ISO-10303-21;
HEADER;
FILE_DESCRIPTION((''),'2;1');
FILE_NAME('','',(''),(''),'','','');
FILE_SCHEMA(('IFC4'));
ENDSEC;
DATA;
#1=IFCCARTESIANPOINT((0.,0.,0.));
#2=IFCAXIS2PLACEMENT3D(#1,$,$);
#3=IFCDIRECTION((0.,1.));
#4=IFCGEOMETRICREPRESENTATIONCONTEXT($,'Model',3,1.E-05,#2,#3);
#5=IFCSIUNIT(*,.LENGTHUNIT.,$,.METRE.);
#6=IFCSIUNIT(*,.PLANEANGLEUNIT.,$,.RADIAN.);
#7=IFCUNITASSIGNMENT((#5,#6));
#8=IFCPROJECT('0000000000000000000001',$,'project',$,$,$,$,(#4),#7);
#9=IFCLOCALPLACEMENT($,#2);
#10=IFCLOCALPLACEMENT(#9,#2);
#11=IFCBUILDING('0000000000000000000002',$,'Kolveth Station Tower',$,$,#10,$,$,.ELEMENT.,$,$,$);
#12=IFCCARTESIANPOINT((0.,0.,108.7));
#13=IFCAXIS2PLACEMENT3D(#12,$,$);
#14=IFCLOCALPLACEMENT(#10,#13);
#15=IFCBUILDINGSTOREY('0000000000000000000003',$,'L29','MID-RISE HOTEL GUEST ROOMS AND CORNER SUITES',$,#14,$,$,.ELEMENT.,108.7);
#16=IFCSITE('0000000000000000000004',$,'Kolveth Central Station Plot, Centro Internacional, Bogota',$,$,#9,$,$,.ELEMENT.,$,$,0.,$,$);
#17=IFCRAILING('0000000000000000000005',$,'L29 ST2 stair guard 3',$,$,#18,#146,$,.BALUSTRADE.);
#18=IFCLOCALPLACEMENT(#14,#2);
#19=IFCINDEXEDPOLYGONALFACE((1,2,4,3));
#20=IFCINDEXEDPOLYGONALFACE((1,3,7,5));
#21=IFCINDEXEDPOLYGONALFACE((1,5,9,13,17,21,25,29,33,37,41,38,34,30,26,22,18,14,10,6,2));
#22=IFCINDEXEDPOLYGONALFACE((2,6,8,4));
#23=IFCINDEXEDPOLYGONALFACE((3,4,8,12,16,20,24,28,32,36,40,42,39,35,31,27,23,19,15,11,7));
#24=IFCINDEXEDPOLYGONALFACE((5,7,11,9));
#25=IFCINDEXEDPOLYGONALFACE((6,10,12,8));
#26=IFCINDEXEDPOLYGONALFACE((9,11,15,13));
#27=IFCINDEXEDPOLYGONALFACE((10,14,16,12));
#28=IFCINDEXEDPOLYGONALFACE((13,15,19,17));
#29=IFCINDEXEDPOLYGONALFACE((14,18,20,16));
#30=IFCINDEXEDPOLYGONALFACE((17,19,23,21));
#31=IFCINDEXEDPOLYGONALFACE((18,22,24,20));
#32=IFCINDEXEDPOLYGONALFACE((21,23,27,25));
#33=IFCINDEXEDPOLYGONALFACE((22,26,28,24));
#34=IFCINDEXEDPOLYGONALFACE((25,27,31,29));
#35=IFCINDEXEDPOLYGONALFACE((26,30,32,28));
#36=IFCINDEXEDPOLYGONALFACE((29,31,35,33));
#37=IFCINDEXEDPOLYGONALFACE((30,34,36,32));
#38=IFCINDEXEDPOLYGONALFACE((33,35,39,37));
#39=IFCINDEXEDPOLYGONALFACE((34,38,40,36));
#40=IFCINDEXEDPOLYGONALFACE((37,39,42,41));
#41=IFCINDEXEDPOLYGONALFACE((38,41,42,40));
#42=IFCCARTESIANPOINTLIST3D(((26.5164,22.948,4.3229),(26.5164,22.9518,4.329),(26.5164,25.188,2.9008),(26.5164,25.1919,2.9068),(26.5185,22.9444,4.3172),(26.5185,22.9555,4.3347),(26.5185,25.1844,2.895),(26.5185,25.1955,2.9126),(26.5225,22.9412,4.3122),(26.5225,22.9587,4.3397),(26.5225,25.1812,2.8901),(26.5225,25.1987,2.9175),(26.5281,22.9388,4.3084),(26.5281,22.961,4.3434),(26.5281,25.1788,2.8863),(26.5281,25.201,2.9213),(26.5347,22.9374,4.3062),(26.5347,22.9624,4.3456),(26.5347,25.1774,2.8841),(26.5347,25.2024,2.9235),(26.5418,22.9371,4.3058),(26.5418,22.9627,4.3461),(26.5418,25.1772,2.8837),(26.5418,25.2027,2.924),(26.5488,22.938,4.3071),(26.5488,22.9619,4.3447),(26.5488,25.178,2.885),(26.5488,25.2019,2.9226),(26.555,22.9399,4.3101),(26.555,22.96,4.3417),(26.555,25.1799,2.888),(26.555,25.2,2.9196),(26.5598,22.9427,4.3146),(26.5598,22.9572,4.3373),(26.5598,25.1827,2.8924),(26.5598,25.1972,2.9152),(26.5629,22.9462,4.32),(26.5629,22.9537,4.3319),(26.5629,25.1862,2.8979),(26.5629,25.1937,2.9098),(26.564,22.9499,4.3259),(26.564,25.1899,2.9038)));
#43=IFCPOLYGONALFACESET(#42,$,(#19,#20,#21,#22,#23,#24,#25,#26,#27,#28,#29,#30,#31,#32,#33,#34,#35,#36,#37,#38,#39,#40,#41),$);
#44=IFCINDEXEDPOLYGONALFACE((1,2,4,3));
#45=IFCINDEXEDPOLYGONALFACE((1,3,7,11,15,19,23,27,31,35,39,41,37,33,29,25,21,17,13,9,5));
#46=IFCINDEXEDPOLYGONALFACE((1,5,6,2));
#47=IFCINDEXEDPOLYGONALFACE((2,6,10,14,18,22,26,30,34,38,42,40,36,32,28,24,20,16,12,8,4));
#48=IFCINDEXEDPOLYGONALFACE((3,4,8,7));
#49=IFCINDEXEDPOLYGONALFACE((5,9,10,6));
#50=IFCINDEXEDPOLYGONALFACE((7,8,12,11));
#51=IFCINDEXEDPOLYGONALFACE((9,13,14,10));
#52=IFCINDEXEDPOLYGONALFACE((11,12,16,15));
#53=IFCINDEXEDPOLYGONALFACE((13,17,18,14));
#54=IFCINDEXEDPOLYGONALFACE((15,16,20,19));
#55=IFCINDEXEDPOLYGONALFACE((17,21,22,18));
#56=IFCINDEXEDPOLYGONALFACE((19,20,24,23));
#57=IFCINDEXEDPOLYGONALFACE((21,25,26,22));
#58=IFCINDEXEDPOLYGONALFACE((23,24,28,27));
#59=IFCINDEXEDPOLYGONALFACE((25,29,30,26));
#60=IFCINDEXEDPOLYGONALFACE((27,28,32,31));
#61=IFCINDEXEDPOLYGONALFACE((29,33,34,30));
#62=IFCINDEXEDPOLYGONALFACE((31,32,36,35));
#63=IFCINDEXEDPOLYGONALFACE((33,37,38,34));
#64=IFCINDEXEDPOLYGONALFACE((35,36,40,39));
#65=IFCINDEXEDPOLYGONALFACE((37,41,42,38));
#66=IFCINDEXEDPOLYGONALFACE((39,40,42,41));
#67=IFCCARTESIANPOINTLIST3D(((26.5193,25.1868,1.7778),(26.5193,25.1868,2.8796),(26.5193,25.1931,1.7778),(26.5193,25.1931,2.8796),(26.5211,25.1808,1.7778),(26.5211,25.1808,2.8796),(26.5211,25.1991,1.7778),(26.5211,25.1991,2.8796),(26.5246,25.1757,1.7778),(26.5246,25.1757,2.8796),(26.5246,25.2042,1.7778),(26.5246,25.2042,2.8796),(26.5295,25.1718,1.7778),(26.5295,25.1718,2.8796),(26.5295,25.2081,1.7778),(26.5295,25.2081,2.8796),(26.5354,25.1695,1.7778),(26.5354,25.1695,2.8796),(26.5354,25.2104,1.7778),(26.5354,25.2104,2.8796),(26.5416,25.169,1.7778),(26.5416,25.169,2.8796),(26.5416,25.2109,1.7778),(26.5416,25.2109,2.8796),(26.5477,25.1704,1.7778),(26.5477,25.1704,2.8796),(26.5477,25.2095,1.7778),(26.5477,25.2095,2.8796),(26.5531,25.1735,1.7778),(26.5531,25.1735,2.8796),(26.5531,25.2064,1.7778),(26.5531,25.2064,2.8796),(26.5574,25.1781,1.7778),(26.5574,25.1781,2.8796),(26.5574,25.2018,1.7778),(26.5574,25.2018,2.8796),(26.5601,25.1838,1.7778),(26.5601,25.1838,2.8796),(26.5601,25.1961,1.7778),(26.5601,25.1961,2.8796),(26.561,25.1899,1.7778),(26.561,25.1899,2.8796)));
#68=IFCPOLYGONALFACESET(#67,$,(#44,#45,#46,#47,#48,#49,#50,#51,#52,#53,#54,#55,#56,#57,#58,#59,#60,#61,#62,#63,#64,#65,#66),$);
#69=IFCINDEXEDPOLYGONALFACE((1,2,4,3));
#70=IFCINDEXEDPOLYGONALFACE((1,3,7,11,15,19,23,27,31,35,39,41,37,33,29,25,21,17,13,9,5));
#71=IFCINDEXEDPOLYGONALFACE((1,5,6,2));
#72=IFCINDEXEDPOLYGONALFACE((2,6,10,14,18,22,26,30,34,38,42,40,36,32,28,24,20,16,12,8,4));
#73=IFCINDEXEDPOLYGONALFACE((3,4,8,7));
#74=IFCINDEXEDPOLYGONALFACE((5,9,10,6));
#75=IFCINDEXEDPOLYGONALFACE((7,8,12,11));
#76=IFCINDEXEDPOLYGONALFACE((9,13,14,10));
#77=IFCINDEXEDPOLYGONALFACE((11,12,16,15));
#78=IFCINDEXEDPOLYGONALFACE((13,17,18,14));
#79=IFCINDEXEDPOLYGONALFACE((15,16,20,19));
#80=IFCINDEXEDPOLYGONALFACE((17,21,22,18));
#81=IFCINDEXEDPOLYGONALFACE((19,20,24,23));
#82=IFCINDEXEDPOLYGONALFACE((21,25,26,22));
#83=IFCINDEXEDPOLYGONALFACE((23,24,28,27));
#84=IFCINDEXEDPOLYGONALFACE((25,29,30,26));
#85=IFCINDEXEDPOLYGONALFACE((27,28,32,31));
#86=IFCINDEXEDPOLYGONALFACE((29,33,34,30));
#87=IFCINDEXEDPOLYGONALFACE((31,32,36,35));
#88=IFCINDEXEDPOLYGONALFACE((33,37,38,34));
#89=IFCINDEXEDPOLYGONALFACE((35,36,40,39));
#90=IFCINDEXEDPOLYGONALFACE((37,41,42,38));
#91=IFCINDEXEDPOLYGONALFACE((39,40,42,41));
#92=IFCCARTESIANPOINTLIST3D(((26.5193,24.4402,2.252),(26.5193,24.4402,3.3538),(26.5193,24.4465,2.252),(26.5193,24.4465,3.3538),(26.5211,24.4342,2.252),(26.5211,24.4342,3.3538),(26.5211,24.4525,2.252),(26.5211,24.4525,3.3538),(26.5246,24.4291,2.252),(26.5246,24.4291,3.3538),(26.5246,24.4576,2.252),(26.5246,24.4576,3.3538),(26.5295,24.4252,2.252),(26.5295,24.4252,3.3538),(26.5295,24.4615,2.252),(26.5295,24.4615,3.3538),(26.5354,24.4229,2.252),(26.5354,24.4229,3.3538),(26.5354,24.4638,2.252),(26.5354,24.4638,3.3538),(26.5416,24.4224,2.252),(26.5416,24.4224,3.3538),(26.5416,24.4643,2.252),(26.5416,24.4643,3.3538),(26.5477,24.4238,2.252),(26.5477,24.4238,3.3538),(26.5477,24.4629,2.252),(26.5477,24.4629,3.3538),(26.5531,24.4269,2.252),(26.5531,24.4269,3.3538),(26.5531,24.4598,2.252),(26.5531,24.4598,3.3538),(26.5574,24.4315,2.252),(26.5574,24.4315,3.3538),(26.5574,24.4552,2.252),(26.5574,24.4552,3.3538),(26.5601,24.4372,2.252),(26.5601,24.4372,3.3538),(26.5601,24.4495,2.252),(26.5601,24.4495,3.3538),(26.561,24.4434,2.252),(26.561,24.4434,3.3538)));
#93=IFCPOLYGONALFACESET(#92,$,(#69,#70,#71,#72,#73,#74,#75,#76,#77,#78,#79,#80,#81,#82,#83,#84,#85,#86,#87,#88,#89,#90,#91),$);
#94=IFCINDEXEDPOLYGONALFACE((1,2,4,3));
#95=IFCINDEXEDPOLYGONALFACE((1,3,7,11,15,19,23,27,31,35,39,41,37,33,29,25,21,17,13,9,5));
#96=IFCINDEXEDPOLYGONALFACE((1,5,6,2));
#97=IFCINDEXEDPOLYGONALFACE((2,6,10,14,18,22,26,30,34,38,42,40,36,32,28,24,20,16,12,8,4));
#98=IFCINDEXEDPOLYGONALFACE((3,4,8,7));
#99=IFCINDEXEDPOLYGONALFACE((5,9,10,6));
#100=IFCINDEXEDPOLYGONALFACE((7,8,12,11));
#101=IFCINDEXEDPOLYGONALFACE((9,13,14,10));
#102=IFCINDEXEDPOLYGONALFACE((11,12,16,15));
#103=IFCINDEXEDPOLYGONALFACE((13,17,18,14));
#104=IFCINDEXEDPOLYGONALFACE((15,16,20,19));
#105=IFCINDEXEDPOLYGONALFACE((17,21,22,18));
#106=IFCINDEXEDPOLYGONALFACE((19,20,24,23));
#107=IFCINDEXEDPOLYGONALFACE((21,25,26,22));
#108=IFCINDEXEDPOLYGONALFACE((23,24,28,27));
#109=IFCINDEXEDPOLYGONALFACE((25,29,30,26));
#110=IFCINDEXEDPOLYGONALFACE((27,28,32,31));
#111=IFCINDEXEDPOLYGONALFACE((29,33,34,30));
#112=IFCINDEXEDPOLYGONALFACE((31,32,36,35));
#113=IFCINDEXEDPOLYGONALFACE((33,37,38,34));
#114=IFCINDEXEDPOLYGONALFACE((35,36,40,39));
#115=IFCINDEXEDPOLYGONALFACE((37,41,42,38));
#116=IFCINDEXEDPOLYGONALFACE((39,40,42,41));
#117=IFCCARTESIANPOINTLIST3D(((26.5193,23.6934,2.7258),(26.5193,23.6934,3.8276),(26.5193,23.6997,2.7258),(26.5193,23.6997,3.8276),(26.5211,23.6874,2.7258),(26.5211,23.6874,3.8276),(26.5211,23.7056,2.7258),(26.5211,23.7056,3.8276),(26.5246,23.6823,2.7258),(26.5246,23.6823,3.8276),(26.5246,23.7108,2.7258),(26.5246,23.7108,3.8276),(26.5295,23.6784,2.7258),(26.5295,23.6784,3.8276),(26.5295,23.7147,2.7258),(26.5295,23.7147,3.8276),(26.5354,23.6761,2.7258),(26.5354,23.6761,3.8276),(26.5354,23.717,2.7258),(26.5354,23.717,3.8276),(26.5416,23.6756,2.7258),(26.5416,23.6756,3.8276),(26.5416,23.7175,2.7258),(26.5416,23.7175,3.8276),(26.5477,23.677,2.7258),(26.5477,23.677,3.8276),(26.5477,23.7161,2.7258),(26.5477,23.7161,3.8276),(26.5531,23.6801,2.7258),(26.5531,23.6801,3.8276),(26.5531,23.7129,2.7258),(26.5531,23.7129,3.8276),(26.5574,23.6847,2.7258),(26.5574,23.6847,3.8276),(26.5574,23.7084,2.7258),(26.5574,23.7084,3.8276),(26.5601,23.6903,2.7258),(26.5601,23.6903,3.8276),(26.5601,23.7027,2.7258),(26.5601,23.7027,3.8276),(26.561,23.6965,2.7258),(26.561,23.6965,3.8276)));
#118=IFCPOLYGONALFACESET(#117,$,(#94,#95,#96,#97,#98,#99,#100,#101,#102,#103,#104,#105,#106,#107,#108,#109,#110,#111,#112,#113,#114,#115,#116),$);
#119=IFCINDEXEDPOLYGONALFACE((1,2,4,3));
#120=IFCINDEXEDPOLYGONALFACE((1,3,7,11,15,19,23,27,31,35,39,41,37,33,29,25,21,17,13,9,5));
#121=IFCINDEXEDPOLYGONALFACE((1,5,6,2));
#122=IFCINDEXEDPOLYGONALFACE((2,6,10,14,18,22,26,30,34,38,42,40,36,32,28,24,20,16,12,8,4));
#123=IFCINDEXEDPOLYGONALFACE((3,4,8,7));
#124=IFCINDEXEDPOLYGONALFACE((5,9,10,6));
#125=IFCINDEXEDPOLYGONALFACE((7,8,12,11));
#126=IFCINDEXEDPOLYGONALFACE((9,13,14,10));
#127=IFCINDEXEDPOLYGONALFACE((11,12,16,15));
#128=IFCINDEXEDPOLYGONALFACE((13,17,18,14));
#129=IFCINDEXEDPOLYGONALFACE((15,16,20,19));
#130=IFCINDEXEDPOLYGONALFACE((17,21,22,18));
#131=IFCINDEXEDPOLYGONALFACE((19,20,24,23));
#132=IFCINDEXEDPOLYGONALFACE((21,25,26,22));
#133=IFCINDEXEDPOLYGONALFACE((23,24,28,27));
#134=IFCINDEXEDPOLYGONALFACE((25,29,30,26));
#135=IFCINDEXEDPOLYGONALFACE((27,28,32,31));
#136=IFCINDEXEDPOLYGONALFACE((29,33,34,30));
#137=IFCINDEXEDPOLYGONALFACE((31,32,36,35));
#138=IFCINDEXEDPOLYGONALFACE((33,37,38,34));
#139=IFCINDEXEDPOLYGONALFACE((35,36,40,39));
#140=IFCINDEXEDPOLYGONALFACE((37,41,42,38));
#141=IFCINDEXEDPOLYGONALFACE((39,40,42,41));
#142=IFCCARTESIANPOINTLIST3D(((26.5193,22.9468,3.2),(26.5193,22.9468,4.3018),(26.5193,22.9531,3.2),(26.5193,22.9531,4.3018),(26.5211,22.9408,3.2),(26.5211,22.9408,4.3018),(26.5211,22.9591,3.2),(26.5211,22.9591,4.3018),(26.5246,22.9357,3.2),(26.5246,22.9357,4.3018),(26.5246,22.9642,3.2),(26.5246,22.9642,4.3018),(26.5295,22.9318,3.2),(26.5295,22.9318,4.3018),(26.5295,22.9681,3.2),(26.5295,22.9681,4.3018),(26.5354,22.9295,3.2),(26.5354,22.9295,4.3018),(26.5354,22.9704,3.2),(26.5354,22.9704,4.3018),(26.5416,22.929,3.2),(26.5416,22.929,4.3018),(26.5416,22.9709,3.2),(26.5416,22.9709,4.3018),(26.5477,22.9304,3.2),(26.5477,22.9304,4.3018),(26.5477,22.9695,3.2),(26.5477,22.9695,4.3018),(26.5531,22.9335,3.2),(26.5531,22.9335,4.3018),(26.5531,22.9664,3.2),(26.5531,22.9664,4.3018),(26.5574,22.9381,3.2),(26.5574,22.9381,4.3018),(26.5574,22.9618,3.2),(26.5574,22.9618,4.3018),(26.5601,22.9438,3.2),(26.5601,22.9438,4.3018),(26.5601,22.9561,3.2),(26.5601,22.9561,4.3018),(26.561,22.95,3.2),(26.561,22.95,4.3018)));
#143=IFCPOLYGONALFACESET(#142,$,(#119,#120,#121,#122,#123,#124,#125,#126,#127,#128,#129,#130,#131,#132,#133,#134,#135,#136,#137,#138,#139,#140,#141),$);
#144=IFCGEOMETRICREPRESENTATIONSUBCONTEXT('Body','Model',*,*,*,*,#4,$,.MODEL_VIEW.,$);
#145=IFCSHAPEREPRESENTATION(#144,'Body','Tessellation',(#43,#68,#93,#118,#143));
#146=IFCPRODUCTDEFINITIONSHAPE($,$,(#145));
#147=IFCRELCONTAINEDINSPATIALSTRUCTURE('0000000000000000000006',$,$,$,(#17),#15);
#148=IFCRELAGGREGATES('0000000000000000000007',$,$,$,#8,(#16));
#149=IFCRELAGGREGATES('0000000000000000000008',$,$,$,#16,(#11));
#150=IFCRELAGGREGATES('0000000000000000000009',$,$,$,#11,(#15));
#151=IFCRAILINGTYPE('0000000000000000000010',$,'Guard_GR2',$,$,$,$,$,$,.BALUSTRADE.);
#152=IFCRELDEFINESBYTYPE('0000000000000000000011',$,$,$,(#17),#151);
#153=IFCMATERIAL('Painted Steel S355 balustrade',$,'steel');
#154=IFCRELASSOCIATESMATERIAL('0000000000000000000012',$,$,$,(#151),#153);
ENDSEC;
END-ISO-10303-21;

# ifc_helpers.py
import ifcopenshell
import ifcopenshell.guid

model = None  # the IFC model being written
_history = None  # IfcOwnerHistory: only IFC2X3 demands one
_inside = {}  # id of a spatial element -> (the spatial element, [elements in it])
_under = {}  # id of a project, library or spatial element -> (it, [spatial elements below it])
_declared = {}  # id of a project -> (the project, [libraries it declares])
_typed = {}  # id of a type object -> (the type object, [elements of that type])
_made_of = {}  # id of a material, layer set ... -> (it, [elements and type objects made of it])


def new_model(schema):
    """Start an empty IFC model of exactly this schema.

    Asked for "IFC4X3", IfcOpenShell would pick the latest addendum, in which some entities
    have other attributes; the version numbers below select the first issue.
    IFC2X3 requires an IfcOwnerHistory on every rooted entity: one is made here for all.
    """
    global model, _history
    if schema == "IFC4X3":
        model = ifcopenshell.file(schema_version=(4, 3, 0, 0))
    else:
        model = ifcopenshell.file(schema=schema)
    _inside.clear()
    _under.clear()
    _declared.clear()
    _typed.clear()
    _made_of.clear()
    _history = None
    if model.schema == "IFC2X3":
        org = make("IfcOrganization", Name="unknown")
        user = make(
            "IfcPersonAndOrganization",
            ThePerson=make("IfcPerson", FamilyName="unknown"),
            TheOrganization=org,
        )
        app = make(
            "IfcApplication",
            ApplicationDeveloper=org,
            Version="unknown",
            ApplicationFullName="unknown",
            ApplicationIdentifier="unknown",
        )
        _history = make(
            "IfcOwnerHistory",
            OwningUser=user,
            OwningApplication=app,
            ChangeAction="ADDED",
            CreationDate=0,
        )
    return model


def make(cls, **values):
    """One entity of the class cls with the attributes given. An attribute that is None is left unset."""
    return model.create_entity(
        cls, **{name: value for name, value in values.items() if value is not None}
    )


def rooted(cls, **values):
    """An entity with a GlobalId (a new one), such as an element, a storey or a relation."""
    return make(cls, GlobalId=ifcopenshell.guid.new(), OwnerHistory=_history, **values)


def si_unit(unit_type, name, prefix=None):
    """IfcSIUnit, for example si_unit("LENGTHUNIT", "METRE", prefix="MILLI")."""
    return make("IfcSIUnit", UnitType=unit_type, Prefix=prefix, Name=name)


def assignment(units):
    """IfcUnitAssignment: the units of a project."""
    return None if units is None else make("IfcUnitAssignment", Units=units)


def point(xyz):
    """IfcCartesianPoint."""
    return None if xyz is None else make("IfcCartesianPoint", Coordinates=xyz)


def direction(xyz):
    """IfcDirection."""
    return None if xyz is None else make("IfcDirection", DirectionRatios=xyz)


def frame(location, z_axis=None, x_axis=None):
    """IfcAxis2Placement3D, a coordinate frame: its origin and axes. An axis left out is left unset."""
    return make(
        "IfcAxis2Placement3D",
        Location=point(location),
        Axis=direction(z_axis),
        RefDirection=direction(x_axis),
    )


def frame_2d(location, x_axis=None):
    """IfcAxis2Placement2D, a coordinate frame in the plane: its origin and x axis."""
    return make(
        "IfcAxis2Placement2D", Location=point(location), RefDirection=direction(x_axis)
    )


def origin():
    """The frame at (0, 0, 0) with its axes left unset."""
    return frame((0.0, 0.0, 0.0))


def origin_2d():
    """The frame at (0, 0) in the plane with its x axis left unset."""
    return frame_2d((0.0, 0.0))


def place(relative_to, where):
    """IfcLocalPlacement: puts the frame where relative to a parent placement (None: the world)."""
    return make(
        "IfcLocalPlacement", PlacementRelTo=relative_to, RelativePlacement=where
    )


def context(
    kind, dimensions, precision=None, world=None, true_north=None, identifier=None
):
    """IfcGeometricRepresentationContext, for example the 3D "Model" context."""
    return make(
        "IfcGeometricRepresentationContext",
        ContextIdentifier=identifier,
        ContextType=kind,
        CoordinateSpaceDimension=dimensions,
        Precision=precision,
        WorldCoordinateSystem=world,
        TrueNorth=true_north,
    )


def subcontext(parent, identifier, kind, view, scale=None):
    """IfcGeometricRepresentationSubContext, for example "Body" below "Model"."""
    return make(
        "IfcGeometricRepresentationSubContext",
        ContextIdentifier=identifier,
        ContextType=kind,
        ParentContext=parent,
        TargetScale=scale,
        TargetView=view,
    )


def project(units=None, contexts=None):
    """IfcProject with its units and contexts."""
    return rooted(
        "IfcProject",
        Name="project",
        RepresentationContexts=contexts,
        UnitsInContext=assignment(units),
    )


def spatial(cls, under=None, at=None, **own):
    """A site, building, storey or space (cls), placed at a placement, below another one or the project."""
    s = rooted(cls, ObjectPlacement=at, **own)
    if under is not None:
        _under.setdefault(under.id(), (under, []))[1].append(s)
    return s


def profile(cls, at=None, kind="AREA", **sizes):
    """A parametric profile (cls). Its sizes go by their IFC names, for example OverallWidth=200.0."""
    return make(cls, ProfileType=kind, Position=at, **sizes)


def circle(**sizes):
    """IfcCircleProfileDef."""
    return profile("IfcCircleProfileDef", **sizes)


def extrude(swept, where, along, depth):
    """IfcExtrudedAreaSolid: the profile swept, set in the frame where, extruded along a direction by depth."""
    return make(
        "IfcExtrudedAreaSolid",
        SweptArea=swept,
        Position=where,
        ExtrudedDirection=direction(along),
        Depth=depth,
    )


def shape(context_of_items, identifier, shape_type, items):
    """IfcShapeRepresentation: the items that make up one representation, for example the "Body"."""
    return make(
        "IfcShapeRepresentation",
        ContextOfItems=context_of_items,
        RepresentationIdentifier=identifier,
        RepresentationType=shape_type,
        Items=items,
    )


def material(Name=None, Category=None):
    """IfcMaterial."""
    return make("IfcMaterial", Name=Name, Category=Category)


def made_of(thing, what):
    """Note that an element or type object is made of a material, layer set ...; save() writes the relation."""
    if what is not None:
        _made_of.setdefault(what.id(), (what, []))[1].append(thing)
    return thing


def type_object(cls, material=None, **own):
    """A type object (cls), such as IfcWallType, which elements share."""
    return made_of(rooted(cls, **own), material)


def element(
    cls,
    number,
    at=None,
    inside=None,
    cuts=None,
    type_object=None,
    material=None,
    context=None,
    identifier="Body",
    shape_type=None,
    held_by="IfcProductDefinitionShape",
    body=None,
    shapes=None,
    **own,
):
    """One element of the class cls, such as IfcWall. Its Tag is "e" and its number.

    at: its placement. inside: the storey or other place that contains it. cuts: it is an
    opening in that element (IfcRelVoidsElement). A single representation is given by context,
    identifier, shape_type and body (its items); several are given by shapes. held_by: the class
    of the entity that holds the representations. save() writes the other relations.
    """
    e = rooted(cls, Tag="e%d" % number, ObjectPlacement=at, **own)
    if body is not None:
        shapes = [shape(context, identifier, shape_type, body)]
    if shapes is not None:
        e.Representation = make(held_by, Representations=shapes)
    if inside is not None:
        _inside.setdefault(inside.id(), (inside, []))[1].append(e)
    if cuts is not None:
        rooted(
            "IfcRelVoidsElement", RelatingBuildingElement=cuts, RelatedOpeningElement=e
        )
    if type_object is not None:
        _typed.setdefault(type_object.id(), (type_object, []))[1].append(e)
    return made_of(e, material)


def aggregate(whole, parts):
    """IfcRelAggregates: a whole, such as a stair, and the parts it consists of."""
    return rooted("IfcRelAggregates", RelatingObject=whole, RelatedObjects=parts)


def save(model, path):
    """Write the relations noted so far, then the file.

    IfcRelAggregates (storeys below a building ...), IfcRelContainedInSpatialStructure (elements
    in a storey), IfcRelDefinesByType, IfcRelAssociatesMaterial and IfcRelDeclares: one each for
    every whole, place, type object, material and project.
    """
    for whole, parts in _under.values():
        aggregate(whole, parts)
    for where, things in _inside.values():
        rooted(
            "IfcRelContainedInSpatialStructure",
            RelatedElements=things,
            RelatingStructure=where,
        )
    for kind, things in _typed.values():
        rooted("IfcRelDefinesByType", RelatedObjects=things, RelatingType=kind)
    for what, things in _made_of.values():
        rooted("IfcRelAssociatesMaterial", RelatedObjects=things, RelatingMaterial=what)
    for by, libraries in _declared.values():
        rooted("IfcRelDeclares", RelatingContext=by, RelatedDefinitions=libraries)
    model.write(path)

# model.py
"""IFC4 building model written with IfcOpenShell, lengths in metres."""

from ifc_helpers import new_model, si_unit, direction, frame, origin, origin_2d, place, context, subcontext, project, spatial, circle, extrude, material, type_object, element, save


model = new_model("IFC4")

# Units and contexts
model_context = context("Model", 3, precision=1e-05, world=origin(), true_north=direction((0.0, 1.0)))
body_context = subcontext(model_context, "Body", "Model", "MODEL_VIEW")
ifc_project = project(units=[si_unit("LENGTHUNIT", "METRE"), si_unit("PLANEANGLEUNIT", "RADIAN")], contexts=[model_context])

# Site, building, storey
site_placement = place(None, origin())
site = spatial("IfcSite", under=ifc_project, at=site_placement, Name="Kolveth Central Station Plot, Centro Internacional, Bogota", CompositionType="ELEMENT", RefElevation=0.0)
building_placement = place(site_placement, origin())
building = spatial("IfcBuilding", under=site, at=building_placement, Name="Kolveth Station Tower", CompositionType="ELEMENT")
storey_placement = place(building_placement, frame((0.0, 0.0, 108.7)))
storey = spatial("IfcBuildingStorey", under=building, at=storey_placement, Name="L29", Description="MID-RISE HOTEL GUEST ROOMS AND CORNER SUITES", CompositionType="ELEMENT", Elevation=108.7)

# Railing
ifc_material_1 = material(Name="Painted Steel S355 balustrade", Category="steel")
railing_type_1 = type_object("IfcRailingType", Name="Guard_GR2", PredefinedType="BALUSTRADE", material=ifc_material_1)
railing_1_placement = place(storey_placement, frame((26.54, 25.1899, 1.7778)))
element("IfcRailing", 1, at=railing_1_placement, inside=storey, type_object=railing_type_1, Name="L29 ST2 stair guard 3", PredefinedType="BALUSTRADE", context=body_context, shape_type="SweptSolid", body=[
    extrude(circle(Radius=0.0239, at=origin_2d()), frame((0.0, 0.0, 1.126), z_axis=(0.0, -0.844229, 0.535982), x_axis=(1.0, 0.0, 0.0)), (0.0, 0.0, 1.0), 2.6533),
    extrude(circle(Radius=0.021, at=origin_2d()), origin(), (0.0, 0.0, 1.0), 1.1018),
    extrude(circle(Radius=0.021, at=origin_2d()), frame((0.0, -0.7466, 0.4741)), (0.0, 0.0, 1.0), 1.1018),
    extrude(circle(Radius=0.021, at=origin_2d()), frame((0.0, -1.4934, 0.948)), (0.0, 0.0, 1.0), 1.1018),
    extrude(circle(Radius=0.021, at=origin_2d()), frame((0.0, -2.24, 1.4221)), (0.0, 0.0, 1.0), 1.1018),
])

save(model, "model.ifc")
